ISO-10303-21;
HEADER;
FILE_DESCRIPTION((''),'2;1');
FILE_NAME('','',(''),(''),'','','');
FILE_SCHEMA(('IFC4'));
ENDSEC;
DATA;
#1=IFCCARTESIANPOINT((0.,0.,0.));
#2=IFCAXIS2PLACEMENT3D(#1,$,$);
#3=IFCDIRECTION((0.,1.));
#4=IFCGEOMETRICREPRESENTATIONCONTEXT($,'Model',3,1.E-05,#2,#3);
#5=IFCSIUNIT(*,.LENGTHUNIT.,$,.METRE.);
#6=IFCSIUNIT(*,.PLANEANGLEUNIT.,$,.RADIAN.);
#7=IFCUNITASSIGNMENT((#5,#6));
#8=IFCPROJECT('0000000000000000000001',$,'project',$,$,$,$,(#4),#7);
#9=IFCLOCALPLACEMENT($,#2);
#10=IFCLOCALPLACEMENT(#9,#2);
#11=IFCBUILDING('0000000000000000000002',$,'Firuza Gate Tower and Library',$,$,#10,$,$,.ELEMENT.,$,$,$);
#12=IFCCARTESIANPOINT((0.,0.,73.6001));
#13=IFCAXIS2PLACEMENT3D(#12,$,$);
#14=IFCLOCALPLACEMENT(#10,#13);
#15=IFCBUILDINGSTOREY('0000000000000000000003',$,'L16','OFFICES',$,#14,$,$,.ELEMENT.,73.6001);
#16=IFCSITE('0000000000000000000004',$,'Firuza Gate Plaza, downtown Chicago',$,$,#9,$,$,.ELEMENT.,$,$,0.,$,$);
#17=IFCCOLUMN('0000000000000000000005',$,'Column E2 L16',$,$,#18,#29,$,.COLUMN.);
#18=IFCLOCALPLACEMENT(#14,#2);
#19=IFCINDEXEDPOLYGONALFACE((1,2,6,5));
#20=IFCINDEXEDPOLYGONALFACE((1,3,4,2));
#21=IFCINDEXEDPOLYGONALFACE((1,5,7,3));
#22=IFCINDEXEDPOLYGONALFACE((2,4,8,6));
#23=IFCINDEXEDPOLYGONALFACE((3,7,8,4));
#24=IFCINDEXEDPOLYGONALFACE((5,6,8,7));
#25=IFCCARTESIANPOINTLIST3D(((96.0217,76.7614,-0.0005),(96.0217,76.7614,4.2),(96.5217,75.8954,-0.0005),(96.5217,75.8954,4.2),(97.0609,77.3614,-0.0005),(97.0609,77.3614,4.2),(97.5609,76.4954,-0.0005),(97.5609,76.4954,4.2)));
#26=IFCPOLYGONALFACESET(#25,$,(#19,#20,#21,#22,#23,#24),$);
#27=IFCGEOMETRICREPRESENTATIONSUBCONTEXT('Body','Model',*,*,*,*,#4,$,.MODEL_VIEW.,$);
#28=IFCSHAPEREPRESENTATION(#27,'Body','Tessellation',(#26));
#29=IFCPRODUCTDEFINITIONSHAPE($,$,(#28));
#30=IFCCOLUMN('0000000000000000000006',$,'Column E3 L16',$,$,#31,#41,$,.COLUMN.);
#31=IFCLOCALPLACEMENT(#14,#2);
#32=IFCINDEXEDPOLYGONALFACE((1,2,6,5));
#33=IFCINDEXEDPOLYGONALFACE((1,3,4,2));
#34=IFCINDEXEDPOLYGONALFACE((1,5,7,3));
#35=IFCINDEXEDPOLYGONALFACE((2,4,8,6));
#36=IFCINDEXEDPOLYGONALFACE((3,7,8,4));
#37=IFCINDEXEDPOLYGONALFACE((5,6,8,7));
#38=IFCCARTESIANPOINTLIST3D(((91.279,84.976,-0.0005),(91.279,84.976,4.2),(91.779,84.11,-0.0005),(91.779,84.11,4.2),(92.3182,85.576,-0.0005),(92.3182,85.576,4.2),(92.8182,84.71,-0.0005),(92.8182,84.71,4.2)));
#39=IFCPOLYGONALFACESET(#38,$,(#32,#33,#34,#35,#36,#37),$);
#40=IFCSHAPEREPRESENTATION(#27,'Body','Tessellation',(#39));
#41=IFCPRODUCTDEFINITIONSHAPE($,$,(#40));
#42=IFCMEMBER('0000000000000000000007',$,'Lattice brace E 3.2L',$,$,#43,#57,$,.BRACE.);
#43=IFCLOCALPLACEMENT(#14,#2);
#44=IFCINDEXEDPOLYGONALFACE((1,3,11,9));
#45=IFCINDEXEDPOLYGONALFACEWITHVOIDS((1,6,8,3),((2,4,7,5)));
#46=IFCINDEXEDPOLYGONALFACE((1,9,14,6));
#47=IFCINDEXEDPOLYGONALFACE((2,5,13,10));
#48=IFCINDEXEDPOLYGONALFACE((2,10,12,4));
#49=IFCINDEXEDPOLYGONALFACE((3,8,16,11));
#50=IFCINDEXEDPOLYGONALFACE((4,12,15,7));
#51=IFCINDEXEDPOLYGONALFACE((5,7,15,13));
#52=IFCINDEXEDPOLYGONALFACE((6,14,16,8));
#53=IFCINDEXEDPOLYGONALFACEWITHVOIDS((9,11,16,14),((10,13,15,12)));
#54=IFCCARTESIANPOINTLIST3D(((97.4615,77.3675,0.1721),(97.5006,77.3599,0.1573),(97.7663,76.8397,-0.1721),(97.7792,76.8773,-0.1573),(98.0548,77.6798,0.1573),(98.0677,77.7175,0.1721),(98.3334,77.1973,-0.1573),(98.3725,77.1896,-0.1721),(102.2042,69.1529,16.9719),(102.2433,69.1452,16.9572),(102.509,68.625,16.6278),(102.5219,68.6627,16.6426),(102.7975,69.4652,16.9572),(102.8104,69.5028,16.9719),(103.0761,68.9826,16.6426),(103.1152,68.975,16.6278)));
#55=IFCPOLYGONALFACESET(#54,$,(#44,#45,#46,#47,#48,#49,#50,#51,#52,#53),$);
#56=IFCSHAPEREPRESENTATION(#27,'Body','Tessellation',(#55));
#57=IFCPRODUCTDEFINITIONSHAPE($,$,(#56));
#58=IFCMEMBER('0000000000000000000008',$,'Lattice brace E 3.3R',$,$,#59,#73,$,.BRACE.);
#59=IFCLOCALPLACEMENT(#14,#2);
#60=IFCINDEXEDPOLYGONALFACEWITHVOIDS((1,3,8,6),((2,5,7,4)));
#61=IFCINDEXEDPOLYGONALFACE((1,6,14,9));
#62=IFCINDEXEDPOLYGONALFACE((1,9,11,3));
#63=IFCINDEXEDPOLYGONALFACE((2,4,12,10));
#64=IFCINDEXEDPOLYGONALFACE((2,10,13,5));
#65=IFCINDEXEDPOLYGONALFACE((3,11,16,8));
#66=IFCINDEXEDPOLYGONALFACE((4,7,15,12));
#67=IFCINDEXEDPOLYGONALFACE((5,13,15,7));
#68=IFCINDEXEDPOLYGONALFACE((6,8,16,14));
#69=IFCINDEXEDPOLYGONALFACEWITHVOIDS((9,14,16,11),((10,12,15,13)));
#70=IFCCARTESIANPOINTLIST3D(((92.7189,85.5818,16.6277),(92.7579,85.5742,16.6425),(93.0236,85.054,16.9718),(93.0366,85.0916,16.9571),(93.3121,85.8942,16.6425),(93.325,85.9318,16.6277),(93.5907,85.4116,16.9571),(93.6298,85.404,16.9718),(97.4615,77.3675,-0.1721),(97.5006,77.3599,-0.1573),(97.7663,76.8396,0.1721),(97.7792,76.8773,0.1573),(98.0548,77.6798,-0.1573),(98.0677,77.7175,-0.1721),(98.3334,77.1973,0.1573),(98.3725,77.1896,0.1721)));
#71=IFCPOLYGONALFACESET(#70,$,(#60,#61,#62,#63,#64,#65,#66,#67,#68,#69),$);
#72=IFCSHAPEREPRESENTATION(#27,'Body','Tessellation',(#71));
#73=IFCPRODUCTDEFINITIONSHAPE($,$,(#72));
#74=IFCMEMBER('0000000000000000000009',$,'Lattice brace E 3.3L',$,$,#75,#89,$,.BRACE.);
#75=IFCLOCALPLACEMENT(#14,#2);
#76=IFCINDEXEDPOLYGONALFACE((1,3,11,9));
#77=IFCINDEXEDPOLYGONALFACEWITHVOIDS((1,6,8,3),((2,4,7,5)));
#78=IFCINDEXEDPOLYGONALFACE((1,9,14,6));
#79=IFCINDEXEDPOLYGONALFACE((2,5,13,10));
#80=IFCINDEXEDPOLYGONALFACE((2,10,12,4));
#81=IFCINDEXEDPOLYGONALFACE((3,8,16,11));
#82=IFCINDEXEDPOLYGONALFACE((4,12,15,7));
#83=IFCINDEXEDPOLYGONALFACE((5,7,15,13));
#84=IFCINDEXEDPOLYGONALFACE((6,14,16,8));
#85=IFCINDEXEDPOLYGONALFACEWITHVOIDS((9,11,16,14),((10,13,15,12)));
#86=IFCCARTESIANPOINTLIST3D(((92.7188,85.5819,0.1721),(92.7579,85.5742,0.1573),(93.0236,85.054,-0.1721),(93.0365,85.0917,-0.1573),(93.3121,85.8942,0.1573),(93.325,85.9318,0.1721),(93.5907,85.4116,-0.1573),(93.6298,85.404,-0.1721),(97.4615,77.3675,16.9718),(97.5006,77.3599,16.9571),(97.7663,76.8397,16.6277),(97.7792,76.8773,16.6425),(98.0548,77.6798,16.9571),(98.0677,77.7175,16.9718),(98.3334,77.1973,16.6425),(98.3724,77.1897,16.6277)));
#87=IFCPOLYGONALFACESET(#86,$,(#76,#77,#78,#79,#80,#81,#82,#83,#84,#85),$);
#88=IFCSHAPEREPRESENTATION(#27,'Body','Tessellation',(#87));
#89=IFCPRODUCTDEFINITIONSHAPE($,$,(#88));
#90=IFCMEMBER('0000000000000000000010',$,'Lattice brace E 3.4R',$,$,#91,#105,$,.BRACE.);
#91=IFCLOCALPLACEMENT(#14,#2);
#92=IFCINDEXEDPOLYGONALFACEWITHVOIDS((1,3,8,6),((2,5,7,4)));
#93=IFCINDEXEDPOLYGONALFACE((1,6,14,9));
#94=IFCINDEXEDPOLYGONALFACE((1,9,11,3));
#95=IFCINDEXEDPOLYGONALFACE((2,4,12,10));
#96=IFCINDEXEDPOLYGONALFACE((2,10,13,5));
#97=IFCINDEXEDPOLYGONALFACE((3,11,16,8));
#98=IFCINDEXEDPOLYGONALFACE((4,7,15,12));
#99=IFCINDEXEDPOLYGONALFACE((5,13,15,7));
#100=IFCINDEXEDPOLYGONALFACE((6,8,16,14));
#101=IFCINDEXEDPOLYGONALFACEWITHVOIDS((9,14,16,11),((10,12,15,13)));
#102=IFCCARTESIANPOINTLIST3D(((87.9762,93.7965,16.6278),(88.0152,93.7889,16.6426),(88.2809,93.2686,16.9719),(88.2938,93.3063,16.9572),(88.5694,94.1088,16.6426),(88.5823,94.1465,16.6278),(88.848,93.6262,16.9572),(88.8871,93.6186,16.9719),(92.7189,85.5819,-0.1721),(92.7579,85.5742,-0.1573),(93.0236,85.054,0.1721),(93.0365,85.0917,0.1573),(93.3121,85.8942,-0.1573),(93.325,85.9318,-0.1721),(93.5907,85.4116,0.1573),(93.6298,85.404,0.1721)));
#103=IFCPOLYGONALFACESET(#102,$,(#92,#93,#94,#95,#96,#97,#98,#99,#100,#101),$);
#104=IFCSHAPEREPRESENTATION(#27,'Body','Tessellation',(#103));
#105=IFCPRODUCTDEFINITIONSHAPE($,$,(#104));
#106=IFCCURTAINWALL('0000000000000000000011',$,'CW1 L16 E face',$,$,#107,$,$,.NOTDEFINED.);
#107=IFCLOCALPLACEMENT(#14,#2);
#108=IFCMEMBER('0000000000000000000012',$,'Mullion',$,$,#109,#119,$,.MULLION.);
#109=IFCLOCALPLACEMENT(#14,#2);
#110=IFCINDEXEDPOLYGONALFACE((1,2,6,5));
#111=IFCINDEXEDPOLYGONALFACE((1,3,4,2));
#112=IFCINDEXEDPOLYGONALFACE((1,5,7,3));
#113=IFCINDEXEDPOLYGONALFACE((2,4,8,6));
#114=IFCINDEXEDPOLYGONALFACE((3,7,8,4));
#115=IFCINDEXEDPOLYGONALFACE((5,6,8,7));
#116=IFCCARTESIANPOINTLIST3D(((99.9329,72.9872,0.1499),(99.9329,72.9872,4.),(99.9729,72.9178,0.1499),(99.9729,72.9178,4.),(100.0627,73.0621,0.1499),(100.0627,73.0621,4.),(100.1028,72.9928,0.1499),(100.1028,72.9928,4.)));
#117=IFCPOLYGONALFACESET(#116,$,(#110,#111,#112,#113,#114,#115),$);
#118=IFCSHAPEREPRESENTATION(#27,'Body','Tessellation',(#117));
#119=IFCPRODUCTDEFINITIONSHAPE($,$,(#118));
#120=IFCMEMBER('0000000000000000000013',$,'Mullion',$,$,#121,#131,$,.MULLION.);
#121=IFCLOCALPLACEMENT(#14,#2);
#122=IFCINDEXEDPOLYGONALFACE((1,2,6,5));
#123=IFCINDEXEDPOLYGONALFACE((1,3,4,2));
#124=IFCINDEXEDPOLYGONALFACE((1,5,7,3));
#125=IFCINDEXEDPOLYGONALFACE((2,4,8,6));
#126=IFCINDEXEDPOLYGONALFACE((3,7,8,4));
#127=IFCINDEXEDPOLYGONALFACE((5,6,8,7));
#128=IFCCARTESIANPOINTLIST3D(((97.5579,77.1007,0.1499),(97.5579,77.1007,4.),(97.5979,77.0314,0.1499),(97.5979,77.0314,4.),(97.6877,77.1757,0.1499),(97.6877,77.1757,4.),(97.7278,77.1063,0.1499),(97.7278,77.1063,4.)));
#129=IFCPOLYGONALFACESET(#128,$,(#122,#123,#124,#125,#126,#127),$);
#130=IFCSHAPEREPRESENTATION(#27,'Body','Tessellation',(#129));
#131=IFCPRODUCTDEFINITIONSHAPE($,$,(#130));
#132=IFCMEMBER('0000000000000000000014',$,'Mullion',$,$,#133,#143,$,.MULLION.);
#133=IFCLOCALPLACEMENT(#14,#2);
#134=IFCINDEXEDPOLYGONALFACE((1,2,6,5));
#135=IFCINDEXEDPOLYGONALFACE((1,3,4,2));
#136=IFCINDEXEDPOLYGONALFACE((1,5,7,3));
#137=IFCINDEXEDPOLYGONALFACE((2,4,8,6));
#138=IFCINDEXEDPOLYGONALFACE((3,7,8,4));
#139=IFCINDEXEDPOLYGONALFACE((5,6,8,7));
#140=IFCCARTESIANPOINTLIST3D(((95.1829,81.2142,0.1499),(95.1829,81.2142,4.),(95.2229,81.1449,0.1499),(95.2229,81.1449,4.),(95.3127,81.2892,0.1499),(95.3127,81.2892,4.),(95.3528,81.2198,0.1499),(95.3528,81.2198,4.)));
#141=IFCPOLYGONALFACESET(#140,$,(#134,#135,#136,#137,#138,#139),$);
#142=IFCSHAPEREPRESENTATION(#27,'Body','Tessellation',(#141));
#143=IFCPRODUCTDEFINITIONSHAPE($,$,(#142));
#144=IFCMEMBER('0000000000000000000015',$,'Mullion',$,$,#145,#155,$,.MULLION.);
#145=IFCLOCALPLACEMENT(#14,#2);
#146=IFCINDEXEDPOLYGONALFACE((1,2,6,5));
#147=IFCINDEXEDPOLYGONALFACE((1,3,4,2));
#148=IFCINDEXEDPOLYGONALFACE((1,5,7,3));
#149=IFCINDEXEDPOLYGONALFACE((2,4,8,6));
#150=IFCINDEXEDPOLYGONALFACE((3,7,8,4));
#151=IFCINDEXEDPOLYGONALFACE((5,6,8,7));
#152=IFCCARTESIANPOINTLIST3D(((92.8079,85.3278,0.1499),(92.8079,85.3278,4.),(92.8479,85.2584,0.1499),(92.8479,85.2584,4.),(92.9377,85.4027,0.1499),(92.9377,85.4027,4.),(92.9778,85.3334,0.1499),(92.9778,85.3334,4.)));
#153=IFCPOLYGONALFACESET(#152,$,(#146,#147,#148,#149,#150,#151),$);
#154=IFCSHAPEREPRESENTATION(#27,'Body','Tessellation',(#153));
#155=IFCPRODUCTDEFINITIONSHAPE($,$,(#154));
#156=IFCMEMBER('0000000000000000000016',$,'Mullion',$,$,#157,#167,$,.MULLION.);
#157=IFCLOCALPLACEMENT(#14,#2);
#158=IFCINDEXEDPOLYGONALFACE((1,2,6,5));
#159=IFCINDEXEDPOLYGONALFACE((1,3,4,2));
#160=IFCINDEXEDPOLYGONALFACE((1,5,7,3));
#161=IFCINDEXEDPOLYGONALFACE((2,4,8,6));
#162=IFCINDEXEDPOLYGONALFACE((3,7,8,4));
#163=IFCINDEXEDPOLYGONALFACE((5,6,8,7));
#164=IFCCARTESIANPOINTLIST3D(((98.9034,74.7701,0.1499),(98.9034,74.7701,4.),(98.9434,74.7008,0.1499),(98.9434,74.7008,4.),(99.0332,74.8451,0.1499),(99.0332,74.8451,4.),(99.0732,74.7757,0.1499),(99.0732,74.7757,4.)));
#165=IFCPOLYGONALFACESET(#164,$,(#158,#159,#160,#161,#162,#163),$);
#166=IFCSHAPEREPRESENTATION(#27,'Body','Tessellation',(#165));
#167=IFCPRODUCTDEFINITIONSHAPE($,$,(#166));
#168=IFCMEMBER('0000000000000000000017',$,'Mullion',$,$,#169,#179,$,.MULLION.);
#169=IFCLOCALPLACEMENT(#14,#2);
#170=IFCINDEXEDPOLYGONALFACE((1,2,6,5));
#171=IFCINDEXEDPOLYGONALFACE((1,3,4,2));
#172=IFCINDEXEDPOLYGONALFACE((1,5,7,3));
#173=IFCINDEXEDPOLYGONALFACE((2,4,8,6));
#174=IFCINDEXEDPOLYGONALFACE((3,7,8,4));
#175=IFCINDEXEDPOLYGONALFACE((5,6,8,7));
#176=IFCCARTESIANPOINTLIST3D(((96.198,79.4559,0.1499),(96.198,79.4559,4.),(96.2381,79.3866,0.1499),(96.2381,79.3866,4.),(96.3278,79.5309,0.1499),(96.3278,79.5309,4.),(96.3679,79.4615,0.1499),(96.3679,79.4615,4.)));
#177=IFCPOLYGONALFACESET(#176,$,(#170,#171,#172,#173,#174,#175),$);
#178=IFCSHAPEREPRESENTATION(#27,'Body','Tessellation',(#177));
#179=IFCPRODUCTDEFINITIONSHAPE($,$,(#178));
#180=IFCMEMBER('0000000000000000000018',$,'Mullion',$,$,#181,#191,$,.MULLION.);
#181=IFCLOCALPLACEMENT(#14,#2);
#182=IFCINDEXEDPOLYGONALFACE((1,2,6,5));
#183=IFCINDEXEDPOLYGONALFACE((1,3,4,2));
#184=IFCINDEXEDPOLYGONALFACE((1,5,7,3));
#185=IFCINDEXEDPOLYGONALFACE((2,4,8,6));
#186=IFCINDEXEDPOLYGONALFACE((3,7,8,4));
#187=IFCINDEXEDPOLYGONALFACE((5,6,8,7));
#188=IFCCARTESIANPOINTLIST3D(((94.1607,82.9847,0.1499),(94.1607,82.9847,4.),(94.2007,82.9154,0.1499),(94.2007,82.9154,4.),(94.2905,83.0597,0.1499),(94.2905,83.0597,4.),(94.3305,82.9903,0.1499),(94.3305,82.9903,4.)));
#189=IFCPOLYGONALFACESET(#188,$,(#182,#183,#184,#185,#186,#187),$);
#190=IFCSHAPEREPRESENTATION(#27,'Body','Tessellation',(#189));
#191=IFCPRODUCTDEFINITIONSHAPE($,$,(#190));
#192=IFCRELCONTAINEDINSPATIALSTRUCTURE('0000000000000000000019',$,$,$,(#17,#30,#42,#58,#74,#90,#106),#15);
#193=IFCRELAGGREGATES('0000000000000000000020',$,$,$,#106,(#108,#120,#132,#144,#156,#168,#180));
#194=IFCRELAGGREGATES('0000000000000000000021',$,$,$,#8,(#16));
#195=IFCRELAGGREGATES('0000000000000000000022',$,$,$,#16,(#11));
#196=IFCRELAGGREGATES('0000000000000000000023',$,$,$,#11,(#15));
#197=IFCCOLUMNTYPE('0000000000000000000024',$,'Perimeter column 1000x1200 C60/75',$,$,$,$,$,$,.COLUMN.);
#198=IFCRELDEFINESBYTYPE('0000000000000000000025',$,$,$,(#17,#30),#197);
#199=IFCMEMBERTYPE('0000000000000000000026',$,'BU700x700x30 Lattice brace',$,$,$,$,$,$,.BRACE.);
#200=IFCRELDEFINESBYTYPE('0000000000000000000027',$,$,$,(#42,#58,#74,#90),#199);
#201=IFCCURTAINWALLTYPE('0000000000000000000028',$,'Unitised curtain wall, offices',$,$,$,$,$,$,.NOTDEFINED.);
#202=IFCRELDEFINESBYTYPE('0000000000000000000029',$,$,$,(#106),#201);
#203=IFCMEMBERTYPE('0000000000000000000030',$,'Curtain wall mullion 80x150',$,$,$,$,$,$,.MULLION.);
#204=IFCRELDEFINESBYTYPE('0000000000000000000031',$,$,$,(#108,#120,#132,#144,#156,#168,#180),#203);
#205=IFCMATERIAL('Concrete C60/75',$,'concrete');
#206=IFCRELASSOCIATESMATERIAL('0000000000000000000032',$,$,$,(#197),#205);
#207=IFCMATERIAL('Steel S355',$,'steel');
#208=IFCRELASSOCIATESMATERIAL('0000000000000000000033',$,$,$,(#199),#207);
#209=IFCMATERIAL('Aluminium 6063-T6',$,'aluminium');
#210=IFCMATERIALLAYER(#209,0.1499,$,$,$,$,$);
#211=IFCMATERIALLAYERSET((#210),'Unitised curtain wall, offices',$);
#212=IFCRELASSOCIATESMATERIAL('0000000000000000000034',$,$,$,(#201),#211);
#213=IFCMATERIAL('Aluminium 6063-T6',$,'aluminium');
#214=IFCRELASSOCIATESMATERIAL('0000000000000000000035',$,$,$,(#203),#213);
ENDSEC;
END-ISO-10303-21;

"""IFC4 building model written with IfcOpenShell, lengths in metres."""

from ifc_helpers import new_model, si_unit, direction, frame, origin, origin_2d, place, context, subcontext, project, spatial, rectangle, hollow_rectangle, extrude, material, layer, layer_set, material_profile, profile_set, type_object, element, aggregate, save


model = new_model("IFC4")

# Units and contexts
model_context = context("Model", 3, precision=1e-05, world=origin(), true_north=direction((0.0, 1.0)))
body_context = subcontext(model_context, "Body", "Model", "MODEL_VIEW")
ifc_project = project(units=[si_unit("LENGTHUNIT", "METRE"), si_unit("PLANEANGLEUNIT", "RADIAN")], contexts=[model_context])

# Site, building, storey
site_placement = place(None, origin())
site = spatial("IfcSite", under=ifc_project, at=site_placement, Name="Firuza Gate Plaza, downtown Chicago", CompositionType="ELEMENT", RefElevation=0.0)
building_placement = place(site_placement, origin())
building = spatial("IfcBuilding", under=site, at=building_placement, Name="Firuza Gate Tower and Library", CompositionType="ELEMENT")
storey_placement = place(building_placement, frame((0.0, 0.0, 73.6001)))
storey = spatial("IfcBuildingStorey", under=building, at=storey_placement, Name="L16", Description="OFFICES", CompositionType="ELEMENT", Elevation=73.6001)

# Columns
ifc_material_1 = material(Name="Concrete C60/75", Category="concrete")
ifc_material_profile_1 = material_profile(ifc_material_1, rectangle(XDim=1.0, YDim=1.2, at=origin_2d()))
ifc_profile_set_1 = profile_set([ifc_material_profile_1], Name="Concrete C60/75")
column_type = type_object("IfcColumnType", Name="Perimeter column 1000x1200 C60/75", PredefinedType="COLUMN", material=ifc_profile_set_1)
for number, where, z_axis, x_axis, name in (
    (1, (96.7913, 76.6284, -0.0005), (0.0, 0.0, 1.0), (-0.5, 0.866025, 0.0), "Column E2 L16"),
    (2, (92.0486, 84.843, -0.0005), (0.0, 0.0, 1.0), (-0.5, 0.866025, 0.0), "Column E3 L16"),
):
    element("IfcColumn", number, at=place(storey_placement, frame(where, z_axis=z_axis, x_axis=x_axis)), inside=storey, type_object=column_type, Name=name, PredefinedType="COLUMN", context=body_context, shape_type="SweptSolid", body=[
        extrude(rectangle(XDim=1.0, YDim=1.2, at=origin_2d()), origin(), (0.0, 0.0, 1.0), 4.2004),
    ])

# Members
ifc_material_2 = material(Name="Steel S355", Category="steel")
ifc_material_profile_2 = material_profile(ifc_material_2, hollow_rectangle(XDim=0.7, YDim=0.7, WallThickness=0.03, at=origin_2d()))
ifc_profile_set_2 = profile_set([ifc_material_profile_2], Name="Steel S355")
member_type_1 = type_object("IfcMemberType", Name="BU700x700x30 Lattice brace", PredefinedType="BRACE", material=ifc_profile_set_2)
member_1_placement = place(storey_placement, frame((97.917, 77.2786, 0.0), z_axis=(0.245828, -0.425789, 0.870788), x_axis=(0.866027, 0.499998, 0.0)))
element("IfcMember", 3, at=member_1_placement, inside=storey, type_object=member_type_1, Name="Lattice brace E 3.2L", PredefinedType="BRACE", context=body_context, shape_type="SweptSolid", body=[
    extrude(hollow_rectangle(XDim=0.7, YDim=0.7, WallThickness=0.03, at=origin_2d()), origin(), (0.0, 0.0, 1.0), 19.2927),
])
for number, where, z_axis, x_axis, name in (
    (4, (97.917, 77.2786, 0.0), (-0.24583, 0.425779, 0.870793), (-0.86602, -0.500009, 0.0), "Lattice brace E 3.3R"),
    (5, (93.1743, 85.4929, 0.0), (0.24583, -0.425779, 0.870793), (0.86602, 0.500009, 0.0), "Lattice brace E 3.3L"),
):
    element("IfcMember", number, at=place(storey_placement, frame(where, z_axis=z_axis, x_axis=x_axis)), inside=storey, type_object=member_type_1, Name=name, PredefinedType="BRACE", context=body_context, shape_type="SweptSolid", body=[
        extrude(hollow_rectangle(XDim=0.7, YDim=0.7, WallThickness=0.03, at=origin_2d()), origin(), (0.0, 0.0, 1.0), 19.2925),
    ])
member_2_placement = place(storey_placement, frame((93.1743, 85.4929, 0.0), z_axis=(-0.245828, 0.425789, 0.870788), x_axis=(-0.866027, -0.499998, 0.0)))
element("IfcMember", 6, at=member_2_placement, inside=storey, type_object=member_type_1, Name="Lattice brace E 3.4R", PredefinedType="BRACE", context=body_context, shape_type="SweptSolid", body=[
    extrude(hollow_rectangle(XDim=0.7, YDim=0.7, WallThickness=0.03, at=origin_2d()), origin(), (0.0, 0.0, 1.0), 19.2927),
])

# Curtain wall, members
ifc_material_3 = material(Name="Aluminium 6063-T6", Category="aluminium")
ifc_layer_1 = layer(ifc_material_3, 0.1499)
ifc_layer_set_1 = layer_set([ifc_layer_1], Name="Unitised curtain wall, offices")
curtain_wall_type = type_object("IfcCurtainWallType", Name="Unitised curtain wall, offices", PredefinedType="NOTDEFINED", material=ifc_layer_set_1)
curtain_wall_placement = place(storey_placement, origin())
curtain_wall = element("IfcCurtainWall", 7, at=curtain_wall_placement, inside=storey, type_object=curtain_wall_type, Name="CW1 L16 E face", PredefinedType="NOTDEFINED")
ifc_material_4 = material(Name="Aluminium 6063-T6", Category="aluminium")
ifc_material_profile_3 = material_profile(ifc_material_4, rectangle(XDim=0.1499, YDim=0.0801, at=origin_2d()))
ifc_profile_set_3 = profile_set([ifc_material_profile_3], Name="Aluminium 6063-T6")
member_type_2 = type_object("IfcMemberType", Name="Curtain wall mullion 80x150", PredefinedType="MULLION", material=ifc_profile_set_3)
member_3_placement = place(storey_placement, frame((100.0178, 72.99, 0.1499), z_axis=(0.0, 0.0, 1.0), x_axis=(-0.866025, -0.5, 0.0)))
member_3 = element("IfcMember", 8, at=member_3_placement, type_object=member_type_2, Name="Mullion", PredefinedType="MULLION", context=body_context, shape_type="SweptSolid", body=[
    extrude(rectangle(XDim=0.1499, YDim=0.0801, at=origin_2d()), origin(), (0.0, 0.0, 1.0), 3.8501),
])
member_4_placement = place(storey_placement, frame((97.6428, 77.1035, 0.1499), z_axis=(0.0, 0.0, 1.0), x_axis=(-0.866025, -0.5, 0.0)))
member_4 = element("IfcMember", 9, at=member_4_placement, type_object=member_type_2, Name="Mullion", PredefinedType="MULLION", context=body_context, shape_type="SweptSolid", body=[
    extrude(rectangle(XDim=0.1499, YDim=0.0801, at=origin_2d()), origin(), (0.0, 0.0, 1.0), 3.8501),
])
member_5_placement = place(storey_placement, frame((95.2678, 81.217, 0.1499), z_axis=(0.0, 0.0, 1.0), x_axis=(-0.866025, -0.5, 0.0)))
member_5 = element("IfcMember", 10, at=member_5_placement, type_object=member_type_2, Name="Mullion", PredefinedType="MULLION", context=body_context, shape_type="SweptSolid", body=[
    extrude(rectangle(XDim=0.1499, YDim=0.0801, at=origin_2d()), origin(), (0.0, 0.0, 1.0), 3.8501),
])
member_6_placement = place(storey_placement, frame((92.8928, 85.3306, 0.1499), z_axis=(0.0, 0.0, 1.0), x_axis=(-0.866025, -0.5, 0.0)))
member_6 = element("IfcMember", 11, at=member_6_placement, type_object=member_type_2, Name="Mullion", PredefinedType="MULLION", context=body_context, shape_type="SweptSolid", body=[
    extrude(rectangle(XDim=0.1499, YDim=0.0801, at=origin_2d()), origin(), (0.0, 0.0, 1.0), 3.8501),
])
member_7_placement = place(storey_placement, frame((98.9883, 74.7729, 0.1499), z_axis=(0.0, 0.0, 1.0), x_axis=(-0.866025, -0.5, 0.0)))
member_7 = element("IfcMember", 12, at=member_7_placement, type_object=member_type_2, Name="Mullion", PredefinedType="MULLION", context=body_context, shape_type="SweptSolid", body=[
    extrude(rectangle(XDim=0.1499, YDim=0.0801, at=origin_2d()), origin(), (0.0, 0.0, 1.0), 3.8501),
])
member_8_placement = place(storey_placement, frame((96.283, 79.4587, 0.1499), z_axis=(0.0, 0.0, 1.0), x_axis=(-0.866025, -0.5, 0.0)))
member_8 = element("IfcMember", 13, at=member_8_placement, type_object=member_type_2, Name="Mullion", PredefinedType="MULLION", context=body_context, shape_type="SweptSolid", body=[
    extrude(rectangle(XDim=0.1499, YDim=0.0801, at=origin_2d()), origin(), (0.0, 0.0, 1.0), 3.8501),
])
member_9_placement = place(storey_placement, frame((94.2456, 82.9875, 0.1499), z_axis=(0.0, 0.0, 1.0), x_axis=(-0.866025, -0.5, 0.0)))
member_9 = element("IfcMember", 14, at=member_9_placement, type_object=member_type_2, Name="Mullion", PredefinedType="MULLION", context=body_context, shape_type="SweptSolid", body=[
    extrude(rectangle(XDim=0.1499, YDim=0.0801, at=origin_2d()), origin(), (0.0, 0.0, 1.0), 3.8501),
])

aggregate(curtain_wall, [member_3, member_4, member_5, member_6, member_7, member_8, member_9])

save(model, "model.ifc")
